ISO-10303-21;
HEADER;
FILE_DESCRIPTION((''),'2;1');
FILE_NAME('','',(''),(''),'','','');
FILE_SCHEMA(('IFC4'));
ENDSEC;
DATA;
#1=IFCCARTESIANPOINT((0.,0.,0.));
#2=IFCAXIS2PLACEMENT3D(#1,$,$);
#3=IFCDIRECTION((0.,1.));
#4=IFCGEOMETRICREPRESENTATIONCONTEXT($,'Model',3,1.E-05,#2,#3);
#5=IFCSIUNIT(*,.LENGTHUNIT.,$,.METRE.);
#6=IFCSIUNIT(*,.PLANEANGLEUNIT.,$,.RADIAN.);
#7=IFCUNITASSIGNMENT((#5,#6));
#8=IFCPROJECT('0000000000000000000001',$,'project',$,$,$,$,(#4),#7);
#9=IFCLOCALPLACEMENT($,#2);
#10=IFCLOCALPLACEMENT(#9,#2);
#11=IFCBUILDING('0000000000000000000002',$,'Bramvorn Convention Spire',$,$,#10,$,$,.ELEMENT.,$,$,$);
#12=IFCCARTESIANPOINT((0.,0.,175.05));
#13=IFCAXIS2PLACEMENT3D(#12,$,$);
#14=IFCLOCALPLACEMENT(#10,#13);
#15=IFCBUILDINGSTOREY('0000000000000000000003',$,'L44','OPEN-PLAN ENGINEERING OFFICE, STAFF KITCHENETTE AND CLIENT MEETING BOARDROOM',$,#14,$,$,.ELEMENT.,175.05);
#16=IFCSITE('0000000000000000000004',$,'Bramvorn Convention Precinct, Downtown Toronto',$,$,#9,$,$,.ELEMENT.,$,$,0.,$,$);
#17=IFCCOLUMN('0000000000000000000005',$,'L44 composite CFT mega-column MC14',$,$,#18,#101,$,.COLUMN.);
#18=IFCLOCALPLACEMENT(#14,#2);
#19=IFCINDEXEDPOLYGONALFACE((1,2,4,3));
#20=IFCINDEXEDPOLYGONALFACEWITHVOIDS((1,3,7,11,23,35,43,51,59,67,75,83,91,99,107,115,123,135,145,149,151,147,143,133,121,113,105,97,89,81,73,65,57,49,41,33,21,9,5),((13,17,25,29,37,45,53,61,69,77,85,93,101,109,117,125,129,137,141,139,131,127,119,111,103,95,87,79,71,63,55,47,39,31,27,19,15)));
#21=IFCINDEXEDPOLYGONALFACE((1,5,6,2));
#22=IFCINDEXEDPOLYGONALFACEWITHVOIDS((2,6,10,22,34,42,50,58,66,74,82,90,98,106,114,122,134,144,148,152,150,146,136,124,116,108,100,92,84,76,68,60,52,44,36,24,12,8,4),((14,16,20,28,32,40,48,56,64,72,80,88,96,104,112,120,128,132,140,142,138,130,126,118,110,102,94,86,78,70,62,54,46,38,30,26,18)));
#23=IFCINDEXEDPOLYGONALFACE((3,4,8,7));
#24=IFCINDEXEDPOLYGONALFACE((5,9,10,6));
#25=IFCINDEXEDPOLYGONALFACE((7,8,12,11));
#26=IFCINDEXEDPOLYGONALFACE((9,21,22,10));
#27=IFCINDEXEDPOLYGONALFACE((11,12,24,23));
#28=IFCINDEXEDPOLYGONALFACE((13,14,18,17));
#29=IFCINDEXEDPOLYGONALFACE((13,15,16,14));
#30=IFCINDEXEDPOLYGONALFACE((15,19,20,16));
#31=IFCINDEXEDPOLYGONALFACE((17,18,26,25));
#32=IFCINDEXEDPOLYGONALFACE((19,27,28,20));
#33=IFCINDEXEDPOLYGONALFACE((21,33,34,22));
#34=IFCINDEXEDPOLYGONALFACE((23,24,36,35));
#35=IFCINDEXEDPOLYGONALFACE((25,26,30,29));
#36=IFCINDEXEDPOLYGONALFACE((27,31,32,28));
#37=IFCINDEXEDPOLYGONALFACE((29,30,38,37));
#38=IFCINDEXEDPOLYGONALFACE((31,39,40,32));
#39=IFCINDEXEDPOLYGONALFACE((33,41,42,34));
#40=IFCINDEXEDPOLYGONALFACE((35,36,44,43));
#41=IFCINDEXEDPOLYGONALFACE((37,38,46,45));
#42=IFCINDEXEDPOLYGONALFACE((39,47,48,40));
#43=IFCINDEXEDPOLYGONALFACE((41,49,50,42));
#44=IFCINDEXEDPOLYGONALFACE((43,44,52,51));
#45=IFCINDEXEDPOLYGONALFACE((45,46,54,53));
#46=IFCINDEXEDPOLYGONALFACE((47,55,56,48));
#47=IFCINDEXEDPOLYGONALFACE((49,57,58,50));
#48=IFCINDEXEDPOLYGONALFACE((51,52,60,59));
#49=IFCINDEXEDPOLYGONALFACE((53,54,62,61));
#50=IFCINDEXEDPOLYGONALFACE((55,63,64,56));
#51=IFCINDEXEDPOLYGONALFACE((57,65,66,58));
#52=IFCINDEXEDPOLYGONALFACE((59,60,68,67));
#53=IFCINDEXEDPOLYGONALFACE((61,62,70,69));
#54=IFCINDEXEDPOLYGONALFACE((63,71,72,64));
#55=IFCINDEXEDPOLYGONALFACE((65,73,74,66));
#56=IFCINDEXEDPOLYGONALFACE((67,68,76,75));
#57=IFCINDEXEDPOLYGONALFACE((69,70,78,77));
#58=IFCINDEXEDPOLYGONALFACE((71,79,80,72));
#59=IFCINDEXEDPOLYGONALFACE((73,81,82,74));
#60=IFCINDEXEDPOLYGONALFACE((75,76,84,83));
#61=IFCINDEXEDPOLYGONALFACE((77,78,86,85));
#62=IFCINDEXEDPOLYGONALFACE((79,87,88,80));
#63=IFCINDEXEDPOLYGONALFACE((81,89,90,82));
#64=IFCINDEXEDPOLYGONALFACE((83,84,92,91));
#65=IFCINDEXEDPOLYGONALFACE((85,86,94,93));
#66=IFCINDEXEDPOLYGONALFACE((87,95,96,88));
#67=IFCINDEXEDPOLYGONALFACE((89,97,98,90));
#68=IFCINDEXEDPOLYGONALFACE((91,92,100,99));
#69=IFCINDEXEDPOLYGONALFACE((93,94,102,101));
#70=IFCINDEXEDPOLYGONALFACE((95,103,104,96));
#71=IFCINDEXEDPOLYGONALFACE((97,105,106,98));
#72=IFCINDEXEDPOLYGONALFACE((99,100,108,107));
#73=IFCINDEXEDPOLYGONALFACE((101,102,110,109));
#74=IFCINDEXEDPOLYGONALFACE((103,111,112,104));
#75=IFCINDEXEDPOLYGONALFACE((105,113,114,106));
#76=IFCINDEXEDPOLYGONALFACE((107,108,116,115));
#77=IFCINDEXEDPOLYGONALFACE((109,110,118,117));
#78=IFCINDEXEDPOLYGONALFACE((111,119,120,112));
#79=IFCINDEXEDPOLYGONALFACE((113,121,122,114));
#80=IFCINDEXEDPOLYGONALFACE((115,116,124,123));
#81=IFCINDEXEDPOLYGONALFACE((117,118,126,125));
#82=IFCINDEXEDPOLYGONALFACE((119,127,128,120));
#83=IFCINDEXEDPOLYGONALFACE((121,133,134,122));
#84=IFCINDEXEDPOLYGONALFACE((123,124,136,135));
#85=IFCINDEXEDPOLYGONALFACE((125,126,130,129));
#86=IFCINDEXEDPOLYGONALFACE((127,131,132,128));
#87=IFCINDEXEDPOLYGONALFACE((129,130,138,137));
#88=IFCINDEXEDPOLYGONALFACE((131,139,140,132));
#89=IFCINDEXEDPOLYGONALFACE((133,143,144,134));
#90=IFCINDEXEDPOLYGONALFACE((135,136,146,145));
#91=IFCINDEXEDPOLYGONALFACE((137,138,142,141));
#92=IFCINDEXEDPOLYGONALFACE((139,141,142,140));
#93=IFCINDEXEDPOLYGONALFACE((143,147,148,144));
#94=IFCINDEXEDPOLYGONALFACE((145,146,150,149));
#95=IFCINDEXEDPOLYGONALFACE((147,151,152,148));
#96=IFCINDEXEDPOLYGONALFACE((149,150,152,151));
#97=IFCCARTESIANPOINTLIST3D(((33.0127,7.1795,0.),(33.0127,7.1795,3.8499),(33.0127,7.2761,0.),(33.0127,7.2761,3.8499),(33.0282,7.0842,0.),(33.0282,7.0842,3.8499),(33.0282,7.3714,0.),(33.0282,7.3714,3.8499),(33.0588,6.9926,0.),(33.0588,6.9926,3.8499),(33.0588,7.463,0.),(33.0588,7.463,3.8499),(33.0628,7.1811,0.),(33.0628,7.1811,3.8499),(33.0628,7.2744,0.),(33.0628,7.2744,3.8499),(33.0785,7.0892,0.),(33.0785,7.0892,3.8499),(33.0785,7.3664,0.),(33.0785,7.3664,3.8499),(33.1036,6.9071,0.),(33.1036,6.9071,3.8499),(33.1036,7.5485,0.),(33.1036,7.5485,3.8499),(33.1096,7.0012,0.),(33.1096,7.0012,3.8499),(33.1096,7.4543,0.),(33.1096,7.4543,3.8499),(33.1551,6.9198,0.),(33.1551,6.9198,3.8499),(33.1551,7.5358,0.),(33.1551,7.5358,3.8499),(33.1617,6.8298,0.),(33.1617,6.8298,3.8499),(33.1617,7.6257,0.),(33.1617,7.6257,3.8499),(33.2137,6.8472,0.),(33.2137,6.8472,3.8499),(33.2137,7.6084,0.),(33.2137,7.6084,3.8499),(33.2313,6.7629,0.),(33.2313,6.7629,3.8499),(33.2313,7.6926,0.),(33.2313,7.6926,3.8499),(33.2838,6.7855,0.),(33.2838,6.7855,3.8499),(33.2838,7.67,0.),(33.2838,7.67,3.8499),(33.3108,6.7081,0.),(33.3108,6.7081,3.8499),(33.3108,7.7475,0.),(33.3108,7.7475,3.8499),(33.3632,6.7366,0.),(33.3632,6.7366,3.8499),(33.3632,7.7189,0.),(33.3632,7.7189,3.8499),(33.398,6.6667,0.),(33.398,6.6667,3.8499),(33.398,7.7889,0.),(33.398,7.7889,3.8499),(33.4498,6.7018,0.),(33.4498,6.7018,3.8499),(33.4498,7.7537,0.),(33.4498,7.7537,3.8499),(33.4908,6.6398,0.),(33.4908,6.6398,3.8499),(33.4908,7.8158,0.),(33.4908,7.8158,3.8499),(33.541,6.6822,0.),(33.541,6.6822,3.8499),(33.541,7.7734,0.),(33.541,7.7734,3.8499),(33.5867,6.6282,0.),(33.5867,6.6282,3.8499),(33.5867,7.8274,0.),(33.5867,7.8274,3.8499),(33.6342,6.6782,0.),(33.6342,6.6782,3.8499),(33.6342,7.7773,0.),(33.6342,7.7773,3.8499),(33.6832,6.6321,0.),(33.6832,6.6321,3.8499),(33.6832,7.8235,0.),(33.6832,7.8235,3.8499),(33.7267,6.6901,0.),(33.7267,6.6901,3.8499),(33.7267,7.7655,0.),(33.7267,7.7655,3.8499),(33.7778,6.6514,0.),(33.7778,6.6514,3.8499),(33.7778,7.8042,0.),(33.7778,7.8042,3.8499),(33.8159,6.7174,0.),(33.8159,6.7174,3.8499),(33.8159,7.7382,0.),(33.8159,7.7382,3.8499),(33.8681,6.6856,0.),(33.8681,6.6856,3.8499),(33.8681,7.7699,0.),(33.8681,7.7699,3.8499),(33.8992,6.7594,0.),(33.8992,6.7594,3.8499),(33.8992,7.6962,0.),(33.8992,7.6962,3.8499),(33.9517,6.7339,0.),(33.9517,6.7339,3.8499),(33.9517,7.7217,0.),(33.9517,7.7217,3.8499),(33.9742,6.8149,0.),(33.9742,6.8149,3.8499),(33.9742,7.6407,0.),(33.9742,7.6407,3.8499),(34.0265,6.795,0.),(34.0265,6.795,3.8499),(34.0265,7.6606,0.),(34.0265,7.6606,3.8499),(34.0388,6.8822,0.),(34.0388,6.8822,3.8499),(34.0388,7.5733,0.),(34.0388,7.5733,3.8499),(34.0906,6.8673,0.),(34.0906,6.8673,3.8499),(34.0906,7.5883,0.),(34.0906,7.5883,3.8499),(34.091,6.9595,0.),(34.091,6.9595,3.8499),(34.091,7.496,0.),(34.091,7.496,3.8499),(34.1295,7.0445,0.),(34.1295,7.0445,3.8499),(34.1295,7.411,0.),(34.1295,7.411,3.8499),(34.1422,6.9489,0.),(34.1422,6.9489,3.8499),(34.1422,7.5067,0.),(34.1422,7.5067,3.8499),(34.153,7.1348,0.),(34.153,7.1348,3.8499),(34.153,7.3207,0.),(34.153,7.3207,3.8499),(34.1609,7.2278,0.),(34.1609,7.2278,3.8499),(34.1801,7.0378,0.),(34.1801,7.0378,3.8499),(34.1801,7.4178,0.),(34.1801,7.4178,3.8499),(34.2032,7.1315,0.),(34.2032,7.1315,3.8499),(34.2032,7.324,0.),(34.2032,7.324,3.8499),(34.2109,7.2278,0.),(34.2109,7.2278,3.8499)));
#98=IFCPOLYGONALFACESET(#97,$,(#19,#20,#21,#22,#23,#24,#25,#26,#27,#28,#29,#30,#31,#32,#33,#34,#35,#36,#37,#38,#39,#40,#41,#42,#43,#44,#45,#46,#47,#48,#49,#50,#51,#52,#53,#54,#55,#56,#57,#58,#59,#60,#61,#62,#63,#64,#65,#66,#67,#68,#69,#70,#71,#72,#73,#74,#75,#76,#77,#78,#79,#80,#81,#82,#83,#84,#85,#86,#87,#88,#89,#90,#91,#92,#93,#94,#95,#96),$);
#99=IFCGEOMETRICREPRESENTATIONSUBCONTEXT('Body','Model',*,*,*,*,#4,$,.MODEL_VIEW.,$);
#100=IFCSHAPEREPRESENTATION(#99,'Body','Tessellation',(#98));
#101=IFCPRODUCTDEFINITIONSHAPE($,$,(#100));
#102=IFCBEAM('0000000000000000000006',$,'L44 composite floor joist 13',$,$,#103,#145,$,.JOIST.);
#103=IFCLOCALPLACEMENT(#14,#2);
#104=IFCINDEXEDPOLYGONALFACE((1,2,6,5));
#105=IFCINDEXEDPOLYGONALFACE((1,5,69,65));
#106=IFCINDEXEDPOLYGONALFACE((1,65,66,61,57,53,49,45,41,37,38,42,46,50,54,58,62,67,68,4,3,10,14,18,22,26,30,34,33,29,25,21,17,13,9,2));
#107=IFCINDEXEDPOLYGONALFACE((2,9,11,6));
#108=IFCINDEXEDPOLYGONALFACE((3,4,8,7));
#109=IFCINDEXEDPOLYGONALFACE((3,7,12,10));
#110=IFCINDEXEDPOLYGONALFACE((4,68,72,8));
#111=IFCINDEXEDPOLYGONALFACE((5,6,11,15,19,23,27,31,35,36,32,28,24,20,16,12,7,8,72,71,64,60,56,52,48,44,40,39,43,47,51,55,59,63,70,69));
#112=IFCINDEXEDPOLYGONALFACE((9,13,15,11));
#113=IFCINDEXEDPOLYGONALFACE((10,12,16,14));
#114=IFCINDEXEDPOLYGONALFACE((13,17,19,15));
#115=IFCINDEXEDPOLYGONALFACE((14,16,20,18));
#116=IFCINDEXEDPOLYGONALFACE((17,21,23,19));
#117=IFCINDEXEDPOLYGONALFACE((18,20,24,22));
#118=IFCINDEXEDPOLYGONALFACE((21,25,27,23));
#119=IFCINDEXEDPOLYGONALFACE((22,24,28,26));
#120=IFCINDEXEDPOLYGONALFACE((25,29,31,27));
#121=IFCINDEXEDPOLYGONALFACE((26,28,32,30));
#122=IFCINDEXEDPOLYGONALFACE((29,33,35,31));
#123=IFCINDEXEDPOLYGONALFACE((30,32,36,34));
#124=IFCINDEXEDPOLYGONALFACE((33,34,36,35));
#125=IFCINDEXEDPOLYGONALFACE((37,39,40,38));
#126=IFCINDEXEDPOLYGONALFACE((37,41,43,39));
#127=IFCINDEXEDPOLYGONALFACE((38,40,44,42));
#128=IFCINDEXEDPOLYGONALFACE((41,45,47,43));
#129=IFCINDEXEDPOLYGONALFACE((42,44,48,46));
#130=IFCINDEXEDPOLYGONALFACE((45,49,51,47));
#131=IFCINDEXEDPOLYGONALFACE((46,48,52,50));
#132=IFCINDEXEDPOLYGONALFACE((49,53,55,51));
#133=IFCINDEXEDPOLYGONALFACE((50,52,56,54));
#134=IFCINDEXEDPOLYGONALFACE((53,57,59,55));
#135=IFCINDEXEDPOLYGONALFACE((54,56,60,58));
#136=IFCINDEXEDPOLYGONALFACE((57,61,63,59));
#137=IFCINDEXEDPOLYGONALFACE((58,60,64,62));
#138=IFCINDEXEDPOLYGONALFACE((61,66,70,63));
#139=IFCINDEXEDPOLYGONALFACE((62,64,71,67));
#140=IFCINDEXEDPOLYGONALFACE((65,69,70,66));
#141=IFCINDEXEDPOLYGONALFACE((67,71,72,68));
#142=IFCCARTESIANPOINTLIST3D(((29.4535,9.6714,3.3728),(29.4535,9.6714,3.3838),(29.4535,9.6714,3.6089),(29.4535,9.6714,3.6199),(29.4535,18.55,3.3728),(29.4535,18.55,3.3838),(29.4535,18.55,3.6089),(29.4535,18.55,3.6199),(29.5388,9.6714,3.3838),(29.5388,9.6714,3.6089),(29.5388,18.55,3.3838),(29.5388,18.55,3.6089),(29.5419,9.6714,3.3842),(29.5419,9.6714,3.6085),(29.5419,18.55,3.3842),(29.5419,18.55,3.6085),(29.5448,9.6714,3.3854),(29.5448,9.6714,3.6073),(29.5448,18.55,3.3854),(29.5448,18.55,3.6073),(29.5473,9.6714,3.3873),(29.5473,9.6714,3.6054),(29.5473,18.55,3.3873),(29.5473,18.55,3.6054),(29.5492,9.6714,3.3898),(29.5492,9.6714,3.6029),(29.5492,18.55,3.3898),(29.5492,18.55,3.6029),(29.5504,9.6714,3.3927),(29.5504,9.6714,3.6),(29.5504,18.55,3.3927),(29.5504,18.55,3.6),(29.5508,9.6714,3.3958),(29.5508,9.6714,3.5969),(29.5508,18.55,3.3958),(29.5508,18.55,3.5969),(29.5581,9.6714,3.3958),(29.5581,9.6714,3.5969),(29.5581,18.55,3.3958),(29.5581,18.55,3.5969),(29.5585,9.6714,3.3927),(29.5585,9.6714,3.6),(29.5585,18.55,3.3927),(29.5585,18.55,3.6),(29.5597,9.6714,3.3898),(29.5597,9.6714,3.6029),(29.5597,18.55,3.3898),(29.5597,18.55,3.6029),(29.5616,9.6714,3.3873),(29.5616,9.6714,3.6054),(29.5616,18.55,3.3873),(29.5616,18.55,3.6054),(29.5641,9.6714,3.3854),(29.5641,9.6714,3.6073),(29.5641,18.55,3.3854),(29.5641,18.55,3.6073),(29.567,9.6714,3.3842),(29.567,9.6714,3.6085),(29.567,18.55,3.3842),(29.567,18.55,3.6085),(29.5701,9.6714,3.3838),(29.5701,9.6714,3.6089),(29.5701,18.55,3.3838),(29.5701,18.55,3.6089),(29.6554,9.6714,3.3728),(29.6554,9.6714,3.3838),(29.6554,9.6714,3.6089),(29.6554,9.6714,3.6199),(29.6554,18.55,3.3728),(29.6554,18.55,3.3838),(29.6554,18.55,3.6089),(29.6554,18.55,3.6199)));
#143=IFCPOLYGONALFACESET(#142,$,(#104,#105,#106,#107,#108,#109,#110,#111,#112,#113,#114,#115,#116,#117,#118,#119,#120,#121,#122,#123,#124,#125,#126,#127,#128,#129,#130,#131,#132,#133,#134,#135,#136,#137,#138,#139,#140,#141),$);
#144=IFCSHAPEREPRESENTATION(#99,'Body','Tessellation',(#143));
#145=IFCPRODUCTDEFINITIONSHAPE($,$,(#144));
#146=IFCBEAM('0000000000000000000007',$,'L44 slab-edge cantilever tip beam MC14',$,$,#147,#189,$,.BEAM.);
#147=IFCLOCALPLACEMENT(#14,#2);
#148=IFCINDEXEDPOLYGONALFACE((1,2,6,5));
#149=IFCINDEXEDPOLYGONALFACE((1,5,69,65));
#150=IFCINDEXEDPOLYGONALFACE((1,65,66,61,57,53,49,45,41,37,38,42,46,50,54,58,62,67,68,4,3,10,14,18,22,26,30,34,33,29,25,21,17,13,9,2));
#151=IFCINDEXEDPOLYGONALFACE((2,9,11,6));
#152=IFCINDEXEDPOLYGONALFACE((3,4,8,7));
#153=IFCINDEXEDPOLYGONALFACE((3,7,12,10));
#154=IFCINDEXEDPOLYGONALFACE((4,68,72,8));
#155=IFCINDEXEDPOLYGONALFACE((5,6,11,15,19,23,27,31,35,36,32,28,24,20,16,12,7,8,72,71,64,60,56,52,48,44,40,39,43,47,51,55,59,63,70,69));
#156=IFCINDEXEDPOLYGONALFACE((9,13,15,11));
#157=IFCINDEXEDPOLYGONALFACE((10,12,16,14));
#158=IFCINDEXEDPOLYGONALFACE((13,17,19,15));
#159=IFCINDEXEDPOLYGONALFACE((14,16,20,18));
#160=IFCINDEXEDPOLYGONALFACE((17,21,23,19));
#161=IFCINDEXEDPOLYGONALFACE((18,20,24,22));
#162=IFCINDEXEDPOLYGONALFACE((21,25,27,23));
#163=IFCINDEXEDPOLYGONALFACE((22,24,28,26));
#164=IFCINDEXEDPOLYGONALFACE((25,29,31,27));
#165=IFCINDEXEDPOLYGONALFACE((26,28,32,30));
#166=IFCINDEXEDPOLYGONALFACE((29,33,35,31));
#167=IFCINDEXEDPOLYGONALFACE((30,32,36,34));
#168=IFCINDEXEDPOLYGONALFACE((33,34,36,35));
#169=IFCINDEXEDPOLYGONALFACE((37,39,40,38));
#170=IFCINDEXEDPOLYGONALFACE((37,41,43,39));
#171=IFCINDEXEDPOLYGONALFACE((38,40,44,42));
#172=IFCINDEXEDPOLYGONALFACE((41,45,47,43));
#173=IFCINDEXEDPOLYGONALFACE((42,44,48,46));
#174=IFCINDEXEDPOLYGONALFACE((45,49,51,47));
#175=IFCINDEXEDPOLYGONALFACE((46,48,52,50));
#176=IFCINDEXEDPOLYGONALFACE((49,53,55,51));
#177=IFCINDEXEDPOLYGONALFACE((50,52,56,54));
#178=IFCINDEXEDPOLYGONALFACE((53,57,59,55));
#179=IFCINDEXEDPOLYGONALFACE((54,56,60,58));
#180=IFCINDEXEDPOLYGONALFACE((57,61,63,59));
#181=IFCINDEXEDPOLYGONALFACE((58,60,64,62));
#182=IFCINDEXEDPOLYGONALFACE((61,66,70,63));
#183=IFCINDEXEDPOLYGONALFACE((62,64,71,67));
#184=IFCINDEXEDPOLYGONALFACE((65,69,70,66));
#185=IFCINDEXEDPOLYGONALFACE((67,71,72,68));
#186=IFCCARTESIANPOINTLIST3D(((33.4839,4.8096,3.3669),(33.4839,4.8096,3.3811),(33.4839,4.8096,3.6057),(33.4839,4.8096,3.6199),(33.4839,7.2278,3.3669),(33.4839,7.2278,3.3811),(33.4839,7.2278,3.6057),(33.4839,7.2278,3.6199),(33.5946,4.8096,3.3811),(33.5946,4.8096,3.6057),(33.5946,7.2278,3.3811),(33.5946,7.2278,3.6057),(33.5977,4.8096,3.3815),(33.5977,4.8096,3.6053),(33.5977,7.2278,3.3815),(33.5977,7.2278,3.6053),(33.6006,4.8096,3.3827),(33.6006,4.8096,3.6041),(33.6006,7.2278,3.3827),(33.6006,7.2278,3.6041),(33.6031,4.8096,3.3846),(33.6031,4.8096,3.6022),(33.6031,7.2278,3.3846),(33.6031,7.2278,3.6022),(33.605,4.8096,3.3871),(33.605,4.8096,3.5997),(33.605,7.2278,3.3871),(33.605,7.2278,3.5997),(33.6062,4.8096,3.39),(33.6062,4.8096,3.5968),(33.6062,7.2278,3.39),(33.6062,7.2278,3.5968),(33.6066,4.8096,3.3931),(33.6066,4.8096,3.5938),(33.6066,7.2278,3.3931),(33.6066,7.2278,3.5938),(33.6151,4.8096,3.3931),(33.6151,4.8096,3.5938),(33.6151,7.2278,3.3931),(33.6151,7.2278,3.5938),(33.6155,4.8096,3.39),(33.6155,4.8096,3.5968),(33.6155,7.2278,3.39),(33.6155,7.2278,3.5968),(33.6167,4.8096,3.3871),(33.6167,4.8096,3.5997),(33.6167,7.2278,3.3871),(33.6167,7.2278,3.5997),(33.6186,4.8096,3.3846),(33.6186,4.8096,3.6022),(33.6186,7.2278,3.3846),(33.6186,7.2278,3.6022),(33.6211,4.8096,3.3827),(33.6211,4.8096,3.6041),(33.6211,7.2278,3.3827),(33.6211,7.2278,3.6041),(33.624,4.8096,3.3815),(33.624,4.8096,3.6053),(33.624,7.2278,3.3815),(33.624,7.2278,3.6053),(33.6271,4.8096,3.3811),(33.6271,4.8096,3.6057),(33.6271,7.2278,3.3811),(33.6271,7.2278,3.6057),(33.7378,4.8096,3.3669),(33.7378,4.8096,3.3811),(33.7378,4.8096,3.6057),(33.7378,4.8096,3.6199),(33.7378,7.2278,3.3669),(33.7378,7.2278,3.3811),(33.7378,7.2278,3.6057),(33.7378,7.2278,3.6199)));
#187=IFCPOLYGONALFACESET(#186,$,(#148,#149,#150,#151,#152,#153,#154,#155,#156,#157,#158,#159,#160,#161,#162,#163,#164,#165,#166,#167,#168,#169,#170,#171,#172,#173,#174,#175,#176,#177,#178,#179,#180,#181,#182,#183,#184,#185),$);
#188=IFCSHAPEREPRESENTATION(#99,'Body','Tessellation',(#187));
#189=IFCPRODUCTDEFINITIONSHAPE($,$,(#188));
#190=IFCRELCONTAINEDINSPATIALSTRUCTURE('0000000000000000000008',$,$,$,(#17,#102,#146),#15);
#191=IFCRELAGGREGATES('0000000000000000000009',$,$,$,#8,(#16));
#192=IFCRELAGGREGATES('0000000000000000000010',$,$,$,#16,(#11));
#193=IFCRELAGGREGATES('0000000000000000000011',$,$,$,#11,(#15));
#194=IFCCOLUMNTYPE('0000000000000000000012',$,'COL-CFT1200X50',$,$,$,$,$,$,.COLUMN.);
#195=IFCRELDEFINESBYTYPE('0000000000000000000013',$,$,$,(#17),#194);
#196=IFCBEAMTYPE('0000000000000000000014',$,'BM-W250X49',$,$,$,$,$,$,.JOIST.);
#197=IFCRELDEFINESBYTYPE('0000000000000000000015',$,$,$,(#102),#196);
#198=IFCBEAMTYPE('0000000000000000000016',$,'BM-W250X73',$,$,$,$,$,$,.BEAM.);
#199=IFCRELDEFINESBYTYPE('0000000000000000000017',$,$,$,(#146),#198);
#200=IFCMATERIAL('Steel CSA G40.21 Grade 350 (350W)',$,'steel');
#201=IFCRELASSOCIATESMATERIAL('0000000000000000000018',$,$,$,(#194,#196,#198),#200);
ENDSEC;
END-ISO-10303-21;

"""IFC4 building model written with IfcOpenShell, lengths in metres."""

from ifc_helpers import new_model, si_unit, direction, frame, origin, origin_2d, place, context, subcontext, project, spatial, hollow_circle, i_section, extrude, material, material_profile, profile_set, type_object, element, save


model = new_model("IFC4")

# Units and contexts
model_context = context("Model", 3, precision=1e-05, world=origin(), true_north=direction((0.0, 1.0)))
body_context = subcontext(model_context, "Body", "Model", "MODEL_VIEW")
ifc_project = project(units=[si_unit("LENGTHUNIT", "METRE"), si_unit("PLANEANGLEUNIT", "RADIAN")], contexts=[model_context])

# Site, building, storey
site_placement = place(None, origin())
site = spatial("IfcSite", under=ifc_project, at=site_placement, Name="Bramvorn Convention Precinct, Downtown Toronto", CompositionType="ELEMENT", RefElevation=0.0)
building_placement = place(site_placement, origin())
building = spatial("IfcBuilding", under=site, at=building_placement, Name="Bramvorn Convention Spire", CompositionType="ELEMENT")
storey_placement = place(building_placement, frame((0.0, 0.0, 175.05)))
storey = spatial("IfcBuildingStorey", under=building, at=storey_placement, Name="L44", Description="OPEN-PLAN ENGINEERING OFFICE, STAFF KITCHENETTE AND CLIENT MEETING BOARDROOM", CompositionType="ELEMENT", Elevation=175.05)

# Column
ifc_material_1 = material(Name="Steel CSA G40.21 Grade 350 (350W)", Category="steel")
ifc_material_profile_1 = material_profile(ifc_material_1, hollow_circle(Radius=0.6001, WallThickness=0.05, at=origin_2d()))
ifc_profile_set_1 = profile_set([ifc_material_profile_1], Name="Steel CSA G40.21 Grade 350 (350W) - CFT1200X50")
column_type = type_object("IfcColumnType", Name="COL-CFT1200X50", PredefinedType="COLUMN", material=ifc_profile_set_1)
column_placement = place(storey_placement, frame((33.6108, 7.2278, 0.0), z_axis=(0.0, 0.0, 1.0), x_axis=(1.0, 0.0, 0.0)))
element("IfcColumn", 1, at=column_placement, inside=storey, type_object=column_type, Name="L44 composite CFT mega-column MC14", PredefinedType="COLUMN", context=body_context, shape_type="SweptSolid", body=[
    extrude(hollow_circle(Radius=0.6001, WallThickness=0.05, at=origin_2d()), origin(), (0.0, 0.0, 1.0), 3.8499),
])

# Beams
ifc_material_profile_2 = material_profile(ifc_material_1, i_section(OverallWidth=0.2019, OverallDepth=0.2471, WebThickness=0.0073, FlangeThickness=0.011, FilletRadius=0.012, at=origin_2d()))
ifc_profile_set_2 = profile_set([ifc_material_profile_2], Name="Steel CSA G40.21 Grade 350 (350W) - W250X49")
beam_type_1 = type_object("IfcBeamType", Name="BM-W250X49", PredefinedType="JOIST", material=ifc_profile_set_2)
beam_1_placement = place(storey_placement, frame((29.5544, 18.55, 3.4963), z_axis=(0.0, -1.0, 0.0), x_axis=(1.0, 0.0, 0.0)))
element("IfcBeam", 2, at=beam_1_placement, inside=storey, type_object=beam_type_1, Name="L44 composite floor joist 13", PredefinedType="JOIST", context=body_context, shape_type="SweptSolid", body=[
    extrude(i_section(OverallWidth=0.2019, OverallDepth=0.2471, WebThickness=0.0073, FlangeThickness=0.011, FilletRadius=0.012, at=origin_2d()), origin(), (0.0, 0.0, 1.0), 8.8787),
])
ifc_material_profile_3 = material_profile(ifc_material_1, i_section(OverallWidth=0.2539, OverallDepth=0.2529, WebThickness=0.0085, FlangeThickness=0.0142, FilletRadius=0.012, at=origin_2d()))
ifc_profile_set_3 = profile_set([ifc_material_profile_3], Name="Steel CSA G40.21 Grade 350 (350W) - W250X73")
beam_type_2 = type_object("IfcBeamType", Name="BM-W250X73", PredefinedType="BEAM", material=ifc_profile_set_3)
beam_2_placement = place(storey_placement, frame((33.6108, 7.2278, 3.4934), z_axis=(0.0, -1.0, 0.0), x_axis=(1.0, 0.0, 0.0)))
element("IfcBeam", 3, at=beam_2_placement, inside=storey, type_object=beam_type_2, Name="L44 slab-edge cantilever tip beam MC14", PredefinedType="BEAM", context=body_context, shape_type="SweptSolid", body=[
    extrude(i_section(OverallWidth=0.2539, OverallDepth=0.2529, WebThickness=0.0085, FlangeThickness=0.0142, FilletRadius=0.012, at=origin_2d()), origin(), (0.0, 0.0, 1.0), 2.4182),
])

save(model, "model.ifc")
